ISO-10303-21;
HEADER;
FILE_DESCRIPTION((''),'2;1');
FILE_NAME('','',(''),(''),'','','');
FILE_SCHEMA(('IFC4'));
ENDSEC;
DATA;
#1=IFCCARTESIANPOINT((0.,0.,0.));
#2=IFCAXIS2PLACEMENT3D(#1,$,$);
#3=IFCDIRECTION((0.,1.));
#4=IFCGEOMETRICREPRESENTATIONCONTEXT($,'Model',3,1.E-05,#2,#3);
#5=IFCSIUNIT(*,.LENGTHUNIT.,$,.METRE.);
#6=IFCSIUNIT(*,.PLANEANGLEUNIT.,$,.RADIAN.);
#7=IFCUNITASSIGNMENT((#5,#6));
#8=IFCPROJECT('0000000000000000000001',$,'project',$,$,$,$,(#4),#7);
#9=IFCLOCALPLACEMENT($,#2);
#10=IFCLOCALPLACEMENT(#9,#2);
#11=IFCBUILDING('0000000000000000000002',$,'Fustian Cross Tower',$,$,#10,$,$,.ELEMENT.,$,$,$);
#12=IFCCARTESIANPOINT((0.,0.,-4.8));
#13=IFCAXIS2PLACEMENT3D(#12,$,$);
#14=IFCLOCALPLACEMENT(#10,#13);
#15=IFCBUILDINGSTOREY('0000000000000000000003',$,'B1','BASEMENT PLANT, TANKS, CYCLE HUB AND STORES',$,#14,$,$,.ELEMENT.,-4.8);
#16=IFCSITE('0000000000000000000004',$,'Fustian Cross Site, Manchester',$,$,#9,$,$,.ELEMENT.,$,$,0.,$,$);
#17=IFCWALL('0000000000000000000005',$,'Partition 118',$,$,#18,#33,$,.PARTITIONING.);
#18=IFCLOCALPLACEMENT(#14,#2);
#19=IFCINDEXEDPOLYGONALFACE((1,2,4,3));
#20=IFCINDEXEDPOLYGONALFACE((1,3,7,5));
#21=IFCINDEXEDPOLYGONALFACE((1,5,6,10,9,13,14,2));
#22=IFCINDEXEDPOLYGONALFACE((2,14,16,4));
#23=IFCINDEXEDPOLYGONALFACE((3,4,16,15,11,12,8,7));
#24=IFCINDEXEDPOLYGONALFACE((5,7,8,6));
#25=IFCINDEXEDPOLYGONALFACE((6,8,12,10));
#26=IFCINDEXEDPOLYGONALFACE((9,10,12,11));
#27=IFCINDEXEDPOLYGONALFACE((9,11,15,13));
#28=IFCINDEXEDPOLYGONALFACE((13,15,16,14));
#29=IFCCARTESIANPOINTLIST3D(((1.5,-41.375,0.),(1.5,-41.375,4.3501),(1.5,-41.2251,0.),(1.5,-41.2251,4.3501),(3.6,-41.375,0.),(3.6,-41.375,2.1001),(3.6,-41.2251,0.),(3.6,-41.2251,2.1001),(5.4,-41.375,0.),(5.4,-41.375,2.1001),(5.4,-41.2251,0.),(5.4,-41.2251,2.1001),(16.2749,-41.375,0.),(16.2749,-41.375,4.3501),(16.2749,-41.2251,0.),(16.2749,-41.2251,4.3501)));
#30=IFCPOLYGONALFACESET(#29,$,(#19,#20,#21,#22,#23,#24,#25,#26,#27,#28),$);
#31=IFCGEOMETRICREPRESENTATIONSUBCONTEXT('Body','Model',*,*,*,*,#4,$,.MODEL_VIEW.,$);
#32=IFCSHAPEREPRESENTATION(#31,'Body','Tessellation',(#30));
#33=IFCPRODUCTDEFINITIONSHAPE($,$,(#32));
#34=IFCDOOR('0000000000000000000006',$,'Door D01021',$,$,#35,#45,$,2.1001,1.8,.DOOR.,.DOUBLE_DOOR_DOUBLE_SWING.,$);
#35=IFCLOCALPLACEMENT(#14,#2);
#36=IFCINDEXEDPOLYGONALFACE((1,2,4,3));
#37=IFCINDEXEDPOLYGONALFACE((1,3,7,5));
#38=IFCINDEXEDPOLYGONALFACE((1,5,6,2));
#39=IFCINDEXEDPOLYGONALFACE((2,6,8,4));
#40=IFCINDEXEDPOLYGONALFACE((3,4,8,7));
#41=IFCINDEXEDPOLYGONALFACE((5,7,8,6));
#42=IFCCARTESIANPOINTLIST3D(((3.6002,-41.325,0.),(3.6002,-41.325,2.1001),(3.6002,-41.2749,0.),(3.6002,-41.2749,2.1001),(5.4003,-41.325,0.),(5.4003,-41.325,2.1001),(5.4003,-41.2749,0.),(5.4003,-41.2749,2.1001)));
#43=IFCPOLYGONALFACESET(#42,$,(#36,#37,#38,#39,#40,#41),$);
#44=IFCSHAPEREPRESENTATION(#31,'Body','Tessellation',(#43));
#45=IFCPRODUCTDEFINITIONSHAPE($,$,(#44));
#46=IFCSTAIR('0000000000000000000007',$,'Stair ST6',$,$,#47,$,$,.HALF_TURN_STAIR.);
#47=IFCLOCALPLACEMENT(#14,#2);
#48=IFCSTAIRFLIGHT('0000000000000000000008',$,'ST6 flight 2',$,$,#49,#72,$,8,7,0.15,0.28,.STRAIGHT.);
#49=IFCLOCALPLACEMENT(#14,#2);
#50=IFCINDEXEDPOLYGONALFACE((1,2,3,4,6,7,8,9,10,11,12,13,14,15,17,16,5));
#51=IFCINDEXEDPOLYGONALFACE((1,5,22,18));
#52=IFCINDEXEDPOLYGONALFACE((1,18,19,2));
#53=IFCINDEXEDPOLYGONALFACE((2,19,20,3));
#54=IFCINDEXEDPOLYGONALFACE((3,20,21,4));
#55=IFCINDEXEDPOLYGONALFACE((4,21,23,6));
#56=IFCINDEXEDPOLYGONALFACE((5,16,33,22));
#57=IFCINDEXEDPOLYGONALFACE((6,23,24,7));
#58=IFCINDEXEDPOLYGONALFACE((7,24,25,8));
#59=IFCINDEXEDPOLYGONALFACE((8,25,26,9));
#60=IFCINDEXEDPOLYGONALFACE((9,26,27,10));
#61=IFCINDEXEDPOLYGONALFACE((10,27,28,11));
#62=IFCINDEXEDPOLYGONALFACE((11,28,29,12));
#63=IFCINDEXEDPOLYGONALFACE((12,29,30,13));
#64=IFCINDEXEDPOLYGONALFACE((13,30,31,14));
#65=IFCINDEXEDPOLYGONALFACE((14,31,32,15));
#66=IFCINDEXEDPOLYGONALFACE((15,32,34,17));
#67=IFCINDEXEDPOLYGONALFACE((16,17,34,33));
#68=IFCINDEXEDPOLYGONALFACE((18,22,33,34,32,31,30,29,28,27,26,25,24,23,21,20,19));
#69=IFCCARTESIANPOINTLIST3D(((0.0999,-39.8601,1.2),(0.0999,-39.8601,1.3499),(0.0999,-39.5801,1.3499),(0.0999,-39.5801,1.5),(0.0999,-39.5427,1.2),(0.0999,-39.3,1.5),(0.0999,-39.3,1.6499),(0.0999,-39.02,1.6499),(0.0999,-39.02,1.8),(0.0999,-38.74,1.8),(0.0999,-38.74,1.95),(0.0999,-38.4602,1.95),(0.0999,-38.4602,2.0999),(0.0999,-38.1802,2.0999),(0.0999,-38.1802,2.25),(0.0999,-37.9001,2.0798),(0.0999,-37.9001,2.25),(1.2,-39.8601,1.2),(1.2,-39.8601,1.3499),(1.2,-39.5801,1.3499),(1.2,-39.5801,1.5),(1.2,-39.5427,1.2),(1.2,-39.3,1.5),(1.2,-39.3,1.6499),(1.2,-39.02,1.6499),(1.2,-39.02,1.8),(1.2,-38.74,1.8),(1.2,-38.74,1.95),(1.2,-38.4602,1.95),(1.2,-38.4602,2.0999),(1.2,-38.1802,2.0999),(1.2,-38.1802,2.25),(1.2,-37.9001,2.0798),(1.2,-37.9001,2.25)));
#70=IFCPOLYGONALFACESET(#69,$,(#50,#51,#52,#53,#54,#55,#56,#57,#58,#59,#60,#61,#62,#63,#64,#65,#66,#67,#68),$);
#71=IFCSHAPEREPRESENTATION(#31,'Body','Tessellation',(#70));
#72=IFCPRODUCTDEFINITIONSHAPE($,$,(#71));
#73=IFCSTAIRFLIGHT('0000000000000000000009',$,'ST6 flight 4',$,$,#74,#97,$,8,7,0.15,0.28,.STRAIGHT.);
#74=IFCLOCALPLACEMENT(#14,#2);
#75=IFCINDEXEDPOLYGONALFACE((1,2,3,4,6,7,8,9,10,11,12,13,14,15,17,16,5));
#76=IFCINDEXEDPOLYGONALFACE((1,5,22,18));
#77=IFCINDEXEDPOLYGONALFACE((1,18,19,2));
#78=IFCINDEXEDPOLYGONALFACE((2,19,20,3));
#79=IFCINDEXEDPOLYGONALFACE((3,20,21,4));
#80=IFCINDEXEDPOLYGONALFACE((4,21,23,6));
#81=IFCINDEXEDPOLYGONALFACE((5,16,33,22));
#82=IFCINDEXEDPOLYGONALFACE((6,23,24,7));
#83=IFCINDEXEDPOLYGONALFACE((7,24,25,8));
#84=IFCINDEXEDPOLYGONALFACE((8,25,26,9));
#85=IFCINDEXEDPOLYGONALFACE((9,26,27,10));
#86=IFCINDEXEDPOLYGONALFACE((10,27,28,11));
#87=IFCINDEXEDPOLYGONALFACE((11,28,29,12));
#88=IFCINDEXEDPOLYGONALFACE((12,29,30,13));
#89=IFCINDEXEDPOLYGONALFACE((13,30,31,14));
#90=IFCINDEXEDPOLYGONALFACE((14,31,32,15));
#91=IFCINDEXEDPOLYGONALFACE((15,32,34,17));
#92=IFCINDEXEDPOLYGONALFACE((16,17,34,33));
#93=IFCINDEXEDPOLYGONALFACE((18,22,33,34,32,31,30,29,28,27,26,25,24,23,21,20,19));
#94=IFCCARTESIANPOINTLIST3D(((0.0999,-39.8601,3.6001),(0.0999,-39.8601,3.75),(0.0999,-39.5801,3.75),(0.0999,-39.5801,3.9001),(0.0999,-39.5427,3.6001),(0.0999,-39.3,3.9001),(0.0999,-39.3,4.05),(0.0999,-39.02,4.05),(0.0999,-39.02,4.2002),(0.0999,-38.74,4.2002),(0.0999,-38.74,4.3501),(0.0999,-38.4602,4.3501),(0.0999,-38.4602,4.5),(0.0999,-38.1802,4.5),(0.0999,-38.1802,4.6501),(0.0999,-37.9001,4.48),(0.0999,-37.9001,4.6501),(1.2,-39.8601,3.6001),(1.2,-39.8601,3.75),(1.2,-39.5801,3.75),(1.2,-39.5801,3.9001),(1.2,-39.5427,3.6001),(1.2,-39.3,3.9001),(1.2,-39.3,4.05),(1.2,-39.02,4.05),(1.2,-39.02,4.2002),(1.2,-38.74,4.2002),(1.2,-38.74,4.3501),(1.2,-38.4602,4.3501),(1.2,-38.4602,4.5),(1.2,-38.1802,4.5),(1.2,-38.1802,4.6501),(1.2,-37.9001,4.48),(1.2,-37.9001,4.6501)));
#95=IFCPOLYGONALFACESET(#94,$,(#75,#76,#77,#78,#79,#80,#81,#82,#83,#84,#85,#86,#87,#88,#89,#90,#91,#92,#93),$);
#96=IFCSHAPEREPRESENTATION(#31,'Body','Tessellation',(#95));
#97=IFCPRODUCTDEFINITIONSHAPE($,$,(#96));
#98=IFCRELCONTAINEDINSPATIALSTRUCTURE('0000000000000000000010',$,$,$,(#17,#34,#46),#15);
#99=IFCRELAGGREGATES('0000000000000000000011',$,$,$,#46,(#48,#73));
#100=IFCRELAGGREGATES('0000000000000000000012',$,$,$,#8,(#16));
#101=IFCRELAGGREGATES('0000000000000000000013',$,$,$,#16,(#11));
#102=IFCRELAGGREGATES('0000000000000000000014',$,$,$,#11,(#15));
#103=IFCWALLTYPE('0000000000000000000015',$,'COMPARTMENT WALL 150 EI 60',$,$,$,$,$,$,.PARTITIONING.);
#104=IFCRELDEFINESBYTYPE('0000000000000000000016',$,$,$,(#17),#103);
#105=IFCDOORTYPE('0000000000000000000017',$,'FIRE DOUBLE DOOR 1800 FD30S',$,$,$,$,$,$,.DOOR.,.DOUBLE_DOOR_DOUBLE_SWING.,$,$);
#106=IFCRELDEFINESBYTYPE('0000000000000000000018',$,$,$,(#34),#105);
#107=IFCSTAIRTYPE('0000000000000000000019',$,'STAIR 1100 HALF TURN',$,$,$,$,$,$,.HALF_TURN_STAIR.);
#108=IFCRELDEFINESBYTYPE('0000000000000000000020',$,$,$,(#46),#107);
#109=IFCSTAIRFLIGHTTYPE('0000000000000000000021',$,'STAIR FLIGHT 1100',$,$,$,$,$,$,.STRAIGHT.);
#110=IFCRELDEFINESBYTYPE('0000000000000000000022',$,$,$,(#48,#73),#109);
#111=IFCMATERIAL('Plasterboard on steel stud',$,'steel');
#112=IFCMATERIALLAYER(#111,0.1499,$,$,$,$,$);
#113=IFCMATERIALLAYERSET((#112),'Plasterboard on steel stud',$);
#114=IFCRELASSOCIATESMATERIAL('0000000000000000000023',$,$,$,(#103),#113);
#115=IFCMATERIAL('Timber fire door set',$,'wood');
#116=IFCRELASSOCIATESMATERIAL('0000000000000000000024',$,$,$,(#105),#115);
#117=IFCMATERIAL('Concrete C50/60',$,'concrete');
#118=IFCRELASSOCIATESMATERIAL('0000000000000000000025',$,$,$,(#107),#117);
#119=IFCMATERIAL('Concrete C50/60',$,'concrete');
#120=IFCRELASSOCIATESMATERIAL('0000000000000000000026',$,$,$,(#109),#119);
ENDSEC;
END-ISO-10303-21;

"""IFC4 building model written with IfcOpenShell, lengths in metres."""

from ifc_helpers import new_model, si_unit, direction, frame, frame_2d, origin, place, context, subcontext, project, spatial, polyline, rectangle, outline, extrude, material, layer, layer_set, type_object, element, fill, aggregate, save


model = new_model("IFC4")

# Units and contexts
model_context = context("Model", 3, precision=1e-05, world=origin(), true_north=direction((0.0, 1.0)))
body_context = subcontext(model_context, "Body", "Model", "MODEL_VIEW")
ifc_project = project(units=[si_unit("LENGTHUNIT", "METRE"), si_unit("PLANEANGLEUNIT", "RADIAN")], contexts=[model_context])

# Site, building, storey
site_placement = place(None, origin())
site = spatial("IfcSite", under=ifc_project, at=site_placement, Name="Fustian Cross Site, Manchester", CompositionType="ELEMENT", RefElevation=0.0)
building_placement = place(site_placement, origin())
building = spatial("IfcBuilding", under=site, at=building_placement, Name="Fustian Cross Tower", CompositionType="ELEMENT")
storey_placement = place(building_placement, frame((0.0, 0.0, -4.8)))
storey = spatial("IfcBuildingStorey", under=building, at=storey_placement, Name="B1", Description="BASEMENT PLANT, TANKS, CYCLE HUB AND STORES", CompositionType="ELEMENT", Elevation=-4.8)

# Shared definitions
ifc_material_1 = material(Name="Plasterboard on steel stud", Category="steel")
ifc_layer = layer(ifc_material_1, 0.1499)
ifc_layer_set = layer_set([ifc_layer], Name="Plasterboard on steel stud")
wall_type = type_object("IfcWallType", Name="COMPARTMENT WALL 150 EI 60", PredefinedType="PARTITIONING", material=ifc_layer_set)

# Shared definitions
ifc_material_2 = material(Name="Timber fire door set", Category="wood")
door_type_1 = type_object("IfcDoorType", Name="FIRE DOUBLE DOOR 1800 FD30S", OperationType="DOUBLE_DOOR_DOUBLE_SWING", PredefinedType="DOOR", material=ifc_material_2)

# Wall, opening, door
wall_1_placement = place(storey_placement, frame((1.5, -41.3, 0.0), z_axis=(0.0, 0.0, 1.0), x_axis=(1.0, 0.0, 0.0)))
wall_1 = element("IfcWall", 1, at=wall_1_placement, inside=storey, type_object=wall_type, Name="Partition 118", PredefinedType="PARTITIONING", context=body_context, shape_type="SweptSolid", body=[
    extrude(rectangle(XDim=14.7749, YDim=0.1499, at=frame_2d((7.3875, 0.0))), origin(), (0.0, 0.0, 1.0), 4.3501),
])
opening_1_placement = place(wall_1_placement, frame((2.1001, 0.0, 0.0)))
opening_1 = element("IfcOpeningElement", 2, at=opening_1_placement, cuts=wall_1, PredefinedType="OPENING", context=body_context, shape_type="SweptSolid", body=[
    extrude(rectangle(XDim=1.8, YDim=2.1001, at=frame_2d((0.8999, 1.05))), frame((0.0, 0.085, 0.0), z_axis=(0.0, -1.0, 0.0), x_axis=(1.0, 0.0, 0.0)), (0.0, 0.0, 1.0), 0.1699),
])
door_1_placement = place(opening_1_placement, frame((1.8, 0.0, 0.0), z_axis=(0.0, 0.0, 1.0), x_axis=(-1.0, 0.0, 0.0)))
door_1 = element("IfcDoor", 3, at=door_1_placement, inside=storey, type_object=door_type_1, Name="Door D01021", OperationType="DOUBLE_DOOR_DOUBLE_SWING", OverallHeight=2.1001, OverallWidth=1.8, PredefinedType="DOOR", context=body_context, shape_type="SweptSolid", body=[
    extrude(rectangle(XDim=1.8, YDim=2.1001, at=frame_2d((0.8999, 1.05))), frame((0.0, 0.0249, 0.0), z_axis=(0.0, -1.0, 0.0), x_axis=(1.0, 0.0, 0.0)), (0.0, 0.0, 1.0), 0.05),
])
fill(opening_1, door_1)

# Stair, stair flights
ifc_material_3 = material(Name="Concrete C50/60", Category="concrete")
stair_type = type_object("IfcStairType", Name="STAIR 1100 HALF TURN", PredefinedType="HALF_TURN_STAIR", material=ifc_material_3)
stair_placement = place(storey_placement, origin())
stair = element("IfcStair", 4, at=stair_placement, inside=storey, type_object=stair_type, Name="Stair ST6", PredefinedType="HALF_TURN_STAIR")
ifc_material_4 = material(Name="Concrete C50/60", Category="concrete")
stair_flight_type = type_object("IfcStairFlightType", Name="STAIR FLIGHT 1100", PredefinedType="STRAIGHT", material=ifc_material_4)
stair_flight_1_placement = place(storey_placement, frame((0.6499, -39.8601, 1.2), z_axis=(0.0, 0.0, 1.0), x_axis=(0.0, 1.0, 0.0)))
stair_flight_1 = element("IfcStairFlight", 5, at=stair_flight_1_placement, type_object=stair_flight_type, Name="ST6 flight 2", NumberOfRisers=8, NumberOfTreads=7, PredefinedType="STRAIGHT", RiserHeight=0.15, TreadLength=0.28, context=body_context, shape_type="SweptSolid", body=[
    extrude(outline(polyline([(0.0, 0.0), (0.0, 0.1499), (0.28, 0.1499), (0.28, 0.3), (0.5601, 0.3), (0.5601, 0.45), (0.8401, 0.45), (0.8401, 0.6001), (1.1201, 0.6001), (1.1201, 0.75), (1.3999, 0.75), (1.3999, 0.8999), (1.6799, 0.8999), (1.6799, 1.05), (1.96, 1.05), (1.96, 1.2), (1.96, 0.8799), (0.3174, 0.0), (0.0, 0.0)])), frame((0.0, 0.55, 0.0), z_axis=(0.0, -1.0, 0.0), x_axis=(1.0, 0.0, 0.0)), (0.0, 0.0, 1.0), 1.1001),
])
stair_flight_2_placement = place(storey_placement, frame((0.6499, -39.8601, 3.6001), z_axis=(0.0, 0.0, 1.0), x_axis=(0.0, 1.0, 0.0)))
stair_flight_2 = element("IfcStairFlight", 6, at=stair_flight_2_placement, type_object=stair_flight_type, Name="ST6 flight 4", NumberOfRisers=8, NumberOfTreads=7, PredefinedType="STRAIGHT", RiserHeight=0.15, TreadLength=0.28, context=body_context, shape_type="SweptSolid", body=[
    extrude(outline(polyline([(0.0, 0.0), (0.0, 0.1499), (0.28, 0.1499), (0.28, 0.3), (0.5601, 0.3), (0.5601, 0.45), (0.8401, 0.45), (0.8401, 0.6001), (1.1201, 0.6001), (1.1201, 0.75), (1.3999, 0.75), (1.3999, 0.8999), (1.6799, 0.8999), (1.6799, 1.05), (1.96, 1.05), (1.96, 1.2), (1.96, 0.8799), (0.3174, 0.0), (0.0, 0.0)])), frame((0.0, 0.55, 0.0), z_axis=(0.0, -1.0, 0.0), x_axis=(1.0, 0.0, 0.0)), (0.0, 0.0, 1.0), 1.1001),
])
aggregate(stair, [stair_flight_1, stair_flight_2])

save(model, "model.ifc")
